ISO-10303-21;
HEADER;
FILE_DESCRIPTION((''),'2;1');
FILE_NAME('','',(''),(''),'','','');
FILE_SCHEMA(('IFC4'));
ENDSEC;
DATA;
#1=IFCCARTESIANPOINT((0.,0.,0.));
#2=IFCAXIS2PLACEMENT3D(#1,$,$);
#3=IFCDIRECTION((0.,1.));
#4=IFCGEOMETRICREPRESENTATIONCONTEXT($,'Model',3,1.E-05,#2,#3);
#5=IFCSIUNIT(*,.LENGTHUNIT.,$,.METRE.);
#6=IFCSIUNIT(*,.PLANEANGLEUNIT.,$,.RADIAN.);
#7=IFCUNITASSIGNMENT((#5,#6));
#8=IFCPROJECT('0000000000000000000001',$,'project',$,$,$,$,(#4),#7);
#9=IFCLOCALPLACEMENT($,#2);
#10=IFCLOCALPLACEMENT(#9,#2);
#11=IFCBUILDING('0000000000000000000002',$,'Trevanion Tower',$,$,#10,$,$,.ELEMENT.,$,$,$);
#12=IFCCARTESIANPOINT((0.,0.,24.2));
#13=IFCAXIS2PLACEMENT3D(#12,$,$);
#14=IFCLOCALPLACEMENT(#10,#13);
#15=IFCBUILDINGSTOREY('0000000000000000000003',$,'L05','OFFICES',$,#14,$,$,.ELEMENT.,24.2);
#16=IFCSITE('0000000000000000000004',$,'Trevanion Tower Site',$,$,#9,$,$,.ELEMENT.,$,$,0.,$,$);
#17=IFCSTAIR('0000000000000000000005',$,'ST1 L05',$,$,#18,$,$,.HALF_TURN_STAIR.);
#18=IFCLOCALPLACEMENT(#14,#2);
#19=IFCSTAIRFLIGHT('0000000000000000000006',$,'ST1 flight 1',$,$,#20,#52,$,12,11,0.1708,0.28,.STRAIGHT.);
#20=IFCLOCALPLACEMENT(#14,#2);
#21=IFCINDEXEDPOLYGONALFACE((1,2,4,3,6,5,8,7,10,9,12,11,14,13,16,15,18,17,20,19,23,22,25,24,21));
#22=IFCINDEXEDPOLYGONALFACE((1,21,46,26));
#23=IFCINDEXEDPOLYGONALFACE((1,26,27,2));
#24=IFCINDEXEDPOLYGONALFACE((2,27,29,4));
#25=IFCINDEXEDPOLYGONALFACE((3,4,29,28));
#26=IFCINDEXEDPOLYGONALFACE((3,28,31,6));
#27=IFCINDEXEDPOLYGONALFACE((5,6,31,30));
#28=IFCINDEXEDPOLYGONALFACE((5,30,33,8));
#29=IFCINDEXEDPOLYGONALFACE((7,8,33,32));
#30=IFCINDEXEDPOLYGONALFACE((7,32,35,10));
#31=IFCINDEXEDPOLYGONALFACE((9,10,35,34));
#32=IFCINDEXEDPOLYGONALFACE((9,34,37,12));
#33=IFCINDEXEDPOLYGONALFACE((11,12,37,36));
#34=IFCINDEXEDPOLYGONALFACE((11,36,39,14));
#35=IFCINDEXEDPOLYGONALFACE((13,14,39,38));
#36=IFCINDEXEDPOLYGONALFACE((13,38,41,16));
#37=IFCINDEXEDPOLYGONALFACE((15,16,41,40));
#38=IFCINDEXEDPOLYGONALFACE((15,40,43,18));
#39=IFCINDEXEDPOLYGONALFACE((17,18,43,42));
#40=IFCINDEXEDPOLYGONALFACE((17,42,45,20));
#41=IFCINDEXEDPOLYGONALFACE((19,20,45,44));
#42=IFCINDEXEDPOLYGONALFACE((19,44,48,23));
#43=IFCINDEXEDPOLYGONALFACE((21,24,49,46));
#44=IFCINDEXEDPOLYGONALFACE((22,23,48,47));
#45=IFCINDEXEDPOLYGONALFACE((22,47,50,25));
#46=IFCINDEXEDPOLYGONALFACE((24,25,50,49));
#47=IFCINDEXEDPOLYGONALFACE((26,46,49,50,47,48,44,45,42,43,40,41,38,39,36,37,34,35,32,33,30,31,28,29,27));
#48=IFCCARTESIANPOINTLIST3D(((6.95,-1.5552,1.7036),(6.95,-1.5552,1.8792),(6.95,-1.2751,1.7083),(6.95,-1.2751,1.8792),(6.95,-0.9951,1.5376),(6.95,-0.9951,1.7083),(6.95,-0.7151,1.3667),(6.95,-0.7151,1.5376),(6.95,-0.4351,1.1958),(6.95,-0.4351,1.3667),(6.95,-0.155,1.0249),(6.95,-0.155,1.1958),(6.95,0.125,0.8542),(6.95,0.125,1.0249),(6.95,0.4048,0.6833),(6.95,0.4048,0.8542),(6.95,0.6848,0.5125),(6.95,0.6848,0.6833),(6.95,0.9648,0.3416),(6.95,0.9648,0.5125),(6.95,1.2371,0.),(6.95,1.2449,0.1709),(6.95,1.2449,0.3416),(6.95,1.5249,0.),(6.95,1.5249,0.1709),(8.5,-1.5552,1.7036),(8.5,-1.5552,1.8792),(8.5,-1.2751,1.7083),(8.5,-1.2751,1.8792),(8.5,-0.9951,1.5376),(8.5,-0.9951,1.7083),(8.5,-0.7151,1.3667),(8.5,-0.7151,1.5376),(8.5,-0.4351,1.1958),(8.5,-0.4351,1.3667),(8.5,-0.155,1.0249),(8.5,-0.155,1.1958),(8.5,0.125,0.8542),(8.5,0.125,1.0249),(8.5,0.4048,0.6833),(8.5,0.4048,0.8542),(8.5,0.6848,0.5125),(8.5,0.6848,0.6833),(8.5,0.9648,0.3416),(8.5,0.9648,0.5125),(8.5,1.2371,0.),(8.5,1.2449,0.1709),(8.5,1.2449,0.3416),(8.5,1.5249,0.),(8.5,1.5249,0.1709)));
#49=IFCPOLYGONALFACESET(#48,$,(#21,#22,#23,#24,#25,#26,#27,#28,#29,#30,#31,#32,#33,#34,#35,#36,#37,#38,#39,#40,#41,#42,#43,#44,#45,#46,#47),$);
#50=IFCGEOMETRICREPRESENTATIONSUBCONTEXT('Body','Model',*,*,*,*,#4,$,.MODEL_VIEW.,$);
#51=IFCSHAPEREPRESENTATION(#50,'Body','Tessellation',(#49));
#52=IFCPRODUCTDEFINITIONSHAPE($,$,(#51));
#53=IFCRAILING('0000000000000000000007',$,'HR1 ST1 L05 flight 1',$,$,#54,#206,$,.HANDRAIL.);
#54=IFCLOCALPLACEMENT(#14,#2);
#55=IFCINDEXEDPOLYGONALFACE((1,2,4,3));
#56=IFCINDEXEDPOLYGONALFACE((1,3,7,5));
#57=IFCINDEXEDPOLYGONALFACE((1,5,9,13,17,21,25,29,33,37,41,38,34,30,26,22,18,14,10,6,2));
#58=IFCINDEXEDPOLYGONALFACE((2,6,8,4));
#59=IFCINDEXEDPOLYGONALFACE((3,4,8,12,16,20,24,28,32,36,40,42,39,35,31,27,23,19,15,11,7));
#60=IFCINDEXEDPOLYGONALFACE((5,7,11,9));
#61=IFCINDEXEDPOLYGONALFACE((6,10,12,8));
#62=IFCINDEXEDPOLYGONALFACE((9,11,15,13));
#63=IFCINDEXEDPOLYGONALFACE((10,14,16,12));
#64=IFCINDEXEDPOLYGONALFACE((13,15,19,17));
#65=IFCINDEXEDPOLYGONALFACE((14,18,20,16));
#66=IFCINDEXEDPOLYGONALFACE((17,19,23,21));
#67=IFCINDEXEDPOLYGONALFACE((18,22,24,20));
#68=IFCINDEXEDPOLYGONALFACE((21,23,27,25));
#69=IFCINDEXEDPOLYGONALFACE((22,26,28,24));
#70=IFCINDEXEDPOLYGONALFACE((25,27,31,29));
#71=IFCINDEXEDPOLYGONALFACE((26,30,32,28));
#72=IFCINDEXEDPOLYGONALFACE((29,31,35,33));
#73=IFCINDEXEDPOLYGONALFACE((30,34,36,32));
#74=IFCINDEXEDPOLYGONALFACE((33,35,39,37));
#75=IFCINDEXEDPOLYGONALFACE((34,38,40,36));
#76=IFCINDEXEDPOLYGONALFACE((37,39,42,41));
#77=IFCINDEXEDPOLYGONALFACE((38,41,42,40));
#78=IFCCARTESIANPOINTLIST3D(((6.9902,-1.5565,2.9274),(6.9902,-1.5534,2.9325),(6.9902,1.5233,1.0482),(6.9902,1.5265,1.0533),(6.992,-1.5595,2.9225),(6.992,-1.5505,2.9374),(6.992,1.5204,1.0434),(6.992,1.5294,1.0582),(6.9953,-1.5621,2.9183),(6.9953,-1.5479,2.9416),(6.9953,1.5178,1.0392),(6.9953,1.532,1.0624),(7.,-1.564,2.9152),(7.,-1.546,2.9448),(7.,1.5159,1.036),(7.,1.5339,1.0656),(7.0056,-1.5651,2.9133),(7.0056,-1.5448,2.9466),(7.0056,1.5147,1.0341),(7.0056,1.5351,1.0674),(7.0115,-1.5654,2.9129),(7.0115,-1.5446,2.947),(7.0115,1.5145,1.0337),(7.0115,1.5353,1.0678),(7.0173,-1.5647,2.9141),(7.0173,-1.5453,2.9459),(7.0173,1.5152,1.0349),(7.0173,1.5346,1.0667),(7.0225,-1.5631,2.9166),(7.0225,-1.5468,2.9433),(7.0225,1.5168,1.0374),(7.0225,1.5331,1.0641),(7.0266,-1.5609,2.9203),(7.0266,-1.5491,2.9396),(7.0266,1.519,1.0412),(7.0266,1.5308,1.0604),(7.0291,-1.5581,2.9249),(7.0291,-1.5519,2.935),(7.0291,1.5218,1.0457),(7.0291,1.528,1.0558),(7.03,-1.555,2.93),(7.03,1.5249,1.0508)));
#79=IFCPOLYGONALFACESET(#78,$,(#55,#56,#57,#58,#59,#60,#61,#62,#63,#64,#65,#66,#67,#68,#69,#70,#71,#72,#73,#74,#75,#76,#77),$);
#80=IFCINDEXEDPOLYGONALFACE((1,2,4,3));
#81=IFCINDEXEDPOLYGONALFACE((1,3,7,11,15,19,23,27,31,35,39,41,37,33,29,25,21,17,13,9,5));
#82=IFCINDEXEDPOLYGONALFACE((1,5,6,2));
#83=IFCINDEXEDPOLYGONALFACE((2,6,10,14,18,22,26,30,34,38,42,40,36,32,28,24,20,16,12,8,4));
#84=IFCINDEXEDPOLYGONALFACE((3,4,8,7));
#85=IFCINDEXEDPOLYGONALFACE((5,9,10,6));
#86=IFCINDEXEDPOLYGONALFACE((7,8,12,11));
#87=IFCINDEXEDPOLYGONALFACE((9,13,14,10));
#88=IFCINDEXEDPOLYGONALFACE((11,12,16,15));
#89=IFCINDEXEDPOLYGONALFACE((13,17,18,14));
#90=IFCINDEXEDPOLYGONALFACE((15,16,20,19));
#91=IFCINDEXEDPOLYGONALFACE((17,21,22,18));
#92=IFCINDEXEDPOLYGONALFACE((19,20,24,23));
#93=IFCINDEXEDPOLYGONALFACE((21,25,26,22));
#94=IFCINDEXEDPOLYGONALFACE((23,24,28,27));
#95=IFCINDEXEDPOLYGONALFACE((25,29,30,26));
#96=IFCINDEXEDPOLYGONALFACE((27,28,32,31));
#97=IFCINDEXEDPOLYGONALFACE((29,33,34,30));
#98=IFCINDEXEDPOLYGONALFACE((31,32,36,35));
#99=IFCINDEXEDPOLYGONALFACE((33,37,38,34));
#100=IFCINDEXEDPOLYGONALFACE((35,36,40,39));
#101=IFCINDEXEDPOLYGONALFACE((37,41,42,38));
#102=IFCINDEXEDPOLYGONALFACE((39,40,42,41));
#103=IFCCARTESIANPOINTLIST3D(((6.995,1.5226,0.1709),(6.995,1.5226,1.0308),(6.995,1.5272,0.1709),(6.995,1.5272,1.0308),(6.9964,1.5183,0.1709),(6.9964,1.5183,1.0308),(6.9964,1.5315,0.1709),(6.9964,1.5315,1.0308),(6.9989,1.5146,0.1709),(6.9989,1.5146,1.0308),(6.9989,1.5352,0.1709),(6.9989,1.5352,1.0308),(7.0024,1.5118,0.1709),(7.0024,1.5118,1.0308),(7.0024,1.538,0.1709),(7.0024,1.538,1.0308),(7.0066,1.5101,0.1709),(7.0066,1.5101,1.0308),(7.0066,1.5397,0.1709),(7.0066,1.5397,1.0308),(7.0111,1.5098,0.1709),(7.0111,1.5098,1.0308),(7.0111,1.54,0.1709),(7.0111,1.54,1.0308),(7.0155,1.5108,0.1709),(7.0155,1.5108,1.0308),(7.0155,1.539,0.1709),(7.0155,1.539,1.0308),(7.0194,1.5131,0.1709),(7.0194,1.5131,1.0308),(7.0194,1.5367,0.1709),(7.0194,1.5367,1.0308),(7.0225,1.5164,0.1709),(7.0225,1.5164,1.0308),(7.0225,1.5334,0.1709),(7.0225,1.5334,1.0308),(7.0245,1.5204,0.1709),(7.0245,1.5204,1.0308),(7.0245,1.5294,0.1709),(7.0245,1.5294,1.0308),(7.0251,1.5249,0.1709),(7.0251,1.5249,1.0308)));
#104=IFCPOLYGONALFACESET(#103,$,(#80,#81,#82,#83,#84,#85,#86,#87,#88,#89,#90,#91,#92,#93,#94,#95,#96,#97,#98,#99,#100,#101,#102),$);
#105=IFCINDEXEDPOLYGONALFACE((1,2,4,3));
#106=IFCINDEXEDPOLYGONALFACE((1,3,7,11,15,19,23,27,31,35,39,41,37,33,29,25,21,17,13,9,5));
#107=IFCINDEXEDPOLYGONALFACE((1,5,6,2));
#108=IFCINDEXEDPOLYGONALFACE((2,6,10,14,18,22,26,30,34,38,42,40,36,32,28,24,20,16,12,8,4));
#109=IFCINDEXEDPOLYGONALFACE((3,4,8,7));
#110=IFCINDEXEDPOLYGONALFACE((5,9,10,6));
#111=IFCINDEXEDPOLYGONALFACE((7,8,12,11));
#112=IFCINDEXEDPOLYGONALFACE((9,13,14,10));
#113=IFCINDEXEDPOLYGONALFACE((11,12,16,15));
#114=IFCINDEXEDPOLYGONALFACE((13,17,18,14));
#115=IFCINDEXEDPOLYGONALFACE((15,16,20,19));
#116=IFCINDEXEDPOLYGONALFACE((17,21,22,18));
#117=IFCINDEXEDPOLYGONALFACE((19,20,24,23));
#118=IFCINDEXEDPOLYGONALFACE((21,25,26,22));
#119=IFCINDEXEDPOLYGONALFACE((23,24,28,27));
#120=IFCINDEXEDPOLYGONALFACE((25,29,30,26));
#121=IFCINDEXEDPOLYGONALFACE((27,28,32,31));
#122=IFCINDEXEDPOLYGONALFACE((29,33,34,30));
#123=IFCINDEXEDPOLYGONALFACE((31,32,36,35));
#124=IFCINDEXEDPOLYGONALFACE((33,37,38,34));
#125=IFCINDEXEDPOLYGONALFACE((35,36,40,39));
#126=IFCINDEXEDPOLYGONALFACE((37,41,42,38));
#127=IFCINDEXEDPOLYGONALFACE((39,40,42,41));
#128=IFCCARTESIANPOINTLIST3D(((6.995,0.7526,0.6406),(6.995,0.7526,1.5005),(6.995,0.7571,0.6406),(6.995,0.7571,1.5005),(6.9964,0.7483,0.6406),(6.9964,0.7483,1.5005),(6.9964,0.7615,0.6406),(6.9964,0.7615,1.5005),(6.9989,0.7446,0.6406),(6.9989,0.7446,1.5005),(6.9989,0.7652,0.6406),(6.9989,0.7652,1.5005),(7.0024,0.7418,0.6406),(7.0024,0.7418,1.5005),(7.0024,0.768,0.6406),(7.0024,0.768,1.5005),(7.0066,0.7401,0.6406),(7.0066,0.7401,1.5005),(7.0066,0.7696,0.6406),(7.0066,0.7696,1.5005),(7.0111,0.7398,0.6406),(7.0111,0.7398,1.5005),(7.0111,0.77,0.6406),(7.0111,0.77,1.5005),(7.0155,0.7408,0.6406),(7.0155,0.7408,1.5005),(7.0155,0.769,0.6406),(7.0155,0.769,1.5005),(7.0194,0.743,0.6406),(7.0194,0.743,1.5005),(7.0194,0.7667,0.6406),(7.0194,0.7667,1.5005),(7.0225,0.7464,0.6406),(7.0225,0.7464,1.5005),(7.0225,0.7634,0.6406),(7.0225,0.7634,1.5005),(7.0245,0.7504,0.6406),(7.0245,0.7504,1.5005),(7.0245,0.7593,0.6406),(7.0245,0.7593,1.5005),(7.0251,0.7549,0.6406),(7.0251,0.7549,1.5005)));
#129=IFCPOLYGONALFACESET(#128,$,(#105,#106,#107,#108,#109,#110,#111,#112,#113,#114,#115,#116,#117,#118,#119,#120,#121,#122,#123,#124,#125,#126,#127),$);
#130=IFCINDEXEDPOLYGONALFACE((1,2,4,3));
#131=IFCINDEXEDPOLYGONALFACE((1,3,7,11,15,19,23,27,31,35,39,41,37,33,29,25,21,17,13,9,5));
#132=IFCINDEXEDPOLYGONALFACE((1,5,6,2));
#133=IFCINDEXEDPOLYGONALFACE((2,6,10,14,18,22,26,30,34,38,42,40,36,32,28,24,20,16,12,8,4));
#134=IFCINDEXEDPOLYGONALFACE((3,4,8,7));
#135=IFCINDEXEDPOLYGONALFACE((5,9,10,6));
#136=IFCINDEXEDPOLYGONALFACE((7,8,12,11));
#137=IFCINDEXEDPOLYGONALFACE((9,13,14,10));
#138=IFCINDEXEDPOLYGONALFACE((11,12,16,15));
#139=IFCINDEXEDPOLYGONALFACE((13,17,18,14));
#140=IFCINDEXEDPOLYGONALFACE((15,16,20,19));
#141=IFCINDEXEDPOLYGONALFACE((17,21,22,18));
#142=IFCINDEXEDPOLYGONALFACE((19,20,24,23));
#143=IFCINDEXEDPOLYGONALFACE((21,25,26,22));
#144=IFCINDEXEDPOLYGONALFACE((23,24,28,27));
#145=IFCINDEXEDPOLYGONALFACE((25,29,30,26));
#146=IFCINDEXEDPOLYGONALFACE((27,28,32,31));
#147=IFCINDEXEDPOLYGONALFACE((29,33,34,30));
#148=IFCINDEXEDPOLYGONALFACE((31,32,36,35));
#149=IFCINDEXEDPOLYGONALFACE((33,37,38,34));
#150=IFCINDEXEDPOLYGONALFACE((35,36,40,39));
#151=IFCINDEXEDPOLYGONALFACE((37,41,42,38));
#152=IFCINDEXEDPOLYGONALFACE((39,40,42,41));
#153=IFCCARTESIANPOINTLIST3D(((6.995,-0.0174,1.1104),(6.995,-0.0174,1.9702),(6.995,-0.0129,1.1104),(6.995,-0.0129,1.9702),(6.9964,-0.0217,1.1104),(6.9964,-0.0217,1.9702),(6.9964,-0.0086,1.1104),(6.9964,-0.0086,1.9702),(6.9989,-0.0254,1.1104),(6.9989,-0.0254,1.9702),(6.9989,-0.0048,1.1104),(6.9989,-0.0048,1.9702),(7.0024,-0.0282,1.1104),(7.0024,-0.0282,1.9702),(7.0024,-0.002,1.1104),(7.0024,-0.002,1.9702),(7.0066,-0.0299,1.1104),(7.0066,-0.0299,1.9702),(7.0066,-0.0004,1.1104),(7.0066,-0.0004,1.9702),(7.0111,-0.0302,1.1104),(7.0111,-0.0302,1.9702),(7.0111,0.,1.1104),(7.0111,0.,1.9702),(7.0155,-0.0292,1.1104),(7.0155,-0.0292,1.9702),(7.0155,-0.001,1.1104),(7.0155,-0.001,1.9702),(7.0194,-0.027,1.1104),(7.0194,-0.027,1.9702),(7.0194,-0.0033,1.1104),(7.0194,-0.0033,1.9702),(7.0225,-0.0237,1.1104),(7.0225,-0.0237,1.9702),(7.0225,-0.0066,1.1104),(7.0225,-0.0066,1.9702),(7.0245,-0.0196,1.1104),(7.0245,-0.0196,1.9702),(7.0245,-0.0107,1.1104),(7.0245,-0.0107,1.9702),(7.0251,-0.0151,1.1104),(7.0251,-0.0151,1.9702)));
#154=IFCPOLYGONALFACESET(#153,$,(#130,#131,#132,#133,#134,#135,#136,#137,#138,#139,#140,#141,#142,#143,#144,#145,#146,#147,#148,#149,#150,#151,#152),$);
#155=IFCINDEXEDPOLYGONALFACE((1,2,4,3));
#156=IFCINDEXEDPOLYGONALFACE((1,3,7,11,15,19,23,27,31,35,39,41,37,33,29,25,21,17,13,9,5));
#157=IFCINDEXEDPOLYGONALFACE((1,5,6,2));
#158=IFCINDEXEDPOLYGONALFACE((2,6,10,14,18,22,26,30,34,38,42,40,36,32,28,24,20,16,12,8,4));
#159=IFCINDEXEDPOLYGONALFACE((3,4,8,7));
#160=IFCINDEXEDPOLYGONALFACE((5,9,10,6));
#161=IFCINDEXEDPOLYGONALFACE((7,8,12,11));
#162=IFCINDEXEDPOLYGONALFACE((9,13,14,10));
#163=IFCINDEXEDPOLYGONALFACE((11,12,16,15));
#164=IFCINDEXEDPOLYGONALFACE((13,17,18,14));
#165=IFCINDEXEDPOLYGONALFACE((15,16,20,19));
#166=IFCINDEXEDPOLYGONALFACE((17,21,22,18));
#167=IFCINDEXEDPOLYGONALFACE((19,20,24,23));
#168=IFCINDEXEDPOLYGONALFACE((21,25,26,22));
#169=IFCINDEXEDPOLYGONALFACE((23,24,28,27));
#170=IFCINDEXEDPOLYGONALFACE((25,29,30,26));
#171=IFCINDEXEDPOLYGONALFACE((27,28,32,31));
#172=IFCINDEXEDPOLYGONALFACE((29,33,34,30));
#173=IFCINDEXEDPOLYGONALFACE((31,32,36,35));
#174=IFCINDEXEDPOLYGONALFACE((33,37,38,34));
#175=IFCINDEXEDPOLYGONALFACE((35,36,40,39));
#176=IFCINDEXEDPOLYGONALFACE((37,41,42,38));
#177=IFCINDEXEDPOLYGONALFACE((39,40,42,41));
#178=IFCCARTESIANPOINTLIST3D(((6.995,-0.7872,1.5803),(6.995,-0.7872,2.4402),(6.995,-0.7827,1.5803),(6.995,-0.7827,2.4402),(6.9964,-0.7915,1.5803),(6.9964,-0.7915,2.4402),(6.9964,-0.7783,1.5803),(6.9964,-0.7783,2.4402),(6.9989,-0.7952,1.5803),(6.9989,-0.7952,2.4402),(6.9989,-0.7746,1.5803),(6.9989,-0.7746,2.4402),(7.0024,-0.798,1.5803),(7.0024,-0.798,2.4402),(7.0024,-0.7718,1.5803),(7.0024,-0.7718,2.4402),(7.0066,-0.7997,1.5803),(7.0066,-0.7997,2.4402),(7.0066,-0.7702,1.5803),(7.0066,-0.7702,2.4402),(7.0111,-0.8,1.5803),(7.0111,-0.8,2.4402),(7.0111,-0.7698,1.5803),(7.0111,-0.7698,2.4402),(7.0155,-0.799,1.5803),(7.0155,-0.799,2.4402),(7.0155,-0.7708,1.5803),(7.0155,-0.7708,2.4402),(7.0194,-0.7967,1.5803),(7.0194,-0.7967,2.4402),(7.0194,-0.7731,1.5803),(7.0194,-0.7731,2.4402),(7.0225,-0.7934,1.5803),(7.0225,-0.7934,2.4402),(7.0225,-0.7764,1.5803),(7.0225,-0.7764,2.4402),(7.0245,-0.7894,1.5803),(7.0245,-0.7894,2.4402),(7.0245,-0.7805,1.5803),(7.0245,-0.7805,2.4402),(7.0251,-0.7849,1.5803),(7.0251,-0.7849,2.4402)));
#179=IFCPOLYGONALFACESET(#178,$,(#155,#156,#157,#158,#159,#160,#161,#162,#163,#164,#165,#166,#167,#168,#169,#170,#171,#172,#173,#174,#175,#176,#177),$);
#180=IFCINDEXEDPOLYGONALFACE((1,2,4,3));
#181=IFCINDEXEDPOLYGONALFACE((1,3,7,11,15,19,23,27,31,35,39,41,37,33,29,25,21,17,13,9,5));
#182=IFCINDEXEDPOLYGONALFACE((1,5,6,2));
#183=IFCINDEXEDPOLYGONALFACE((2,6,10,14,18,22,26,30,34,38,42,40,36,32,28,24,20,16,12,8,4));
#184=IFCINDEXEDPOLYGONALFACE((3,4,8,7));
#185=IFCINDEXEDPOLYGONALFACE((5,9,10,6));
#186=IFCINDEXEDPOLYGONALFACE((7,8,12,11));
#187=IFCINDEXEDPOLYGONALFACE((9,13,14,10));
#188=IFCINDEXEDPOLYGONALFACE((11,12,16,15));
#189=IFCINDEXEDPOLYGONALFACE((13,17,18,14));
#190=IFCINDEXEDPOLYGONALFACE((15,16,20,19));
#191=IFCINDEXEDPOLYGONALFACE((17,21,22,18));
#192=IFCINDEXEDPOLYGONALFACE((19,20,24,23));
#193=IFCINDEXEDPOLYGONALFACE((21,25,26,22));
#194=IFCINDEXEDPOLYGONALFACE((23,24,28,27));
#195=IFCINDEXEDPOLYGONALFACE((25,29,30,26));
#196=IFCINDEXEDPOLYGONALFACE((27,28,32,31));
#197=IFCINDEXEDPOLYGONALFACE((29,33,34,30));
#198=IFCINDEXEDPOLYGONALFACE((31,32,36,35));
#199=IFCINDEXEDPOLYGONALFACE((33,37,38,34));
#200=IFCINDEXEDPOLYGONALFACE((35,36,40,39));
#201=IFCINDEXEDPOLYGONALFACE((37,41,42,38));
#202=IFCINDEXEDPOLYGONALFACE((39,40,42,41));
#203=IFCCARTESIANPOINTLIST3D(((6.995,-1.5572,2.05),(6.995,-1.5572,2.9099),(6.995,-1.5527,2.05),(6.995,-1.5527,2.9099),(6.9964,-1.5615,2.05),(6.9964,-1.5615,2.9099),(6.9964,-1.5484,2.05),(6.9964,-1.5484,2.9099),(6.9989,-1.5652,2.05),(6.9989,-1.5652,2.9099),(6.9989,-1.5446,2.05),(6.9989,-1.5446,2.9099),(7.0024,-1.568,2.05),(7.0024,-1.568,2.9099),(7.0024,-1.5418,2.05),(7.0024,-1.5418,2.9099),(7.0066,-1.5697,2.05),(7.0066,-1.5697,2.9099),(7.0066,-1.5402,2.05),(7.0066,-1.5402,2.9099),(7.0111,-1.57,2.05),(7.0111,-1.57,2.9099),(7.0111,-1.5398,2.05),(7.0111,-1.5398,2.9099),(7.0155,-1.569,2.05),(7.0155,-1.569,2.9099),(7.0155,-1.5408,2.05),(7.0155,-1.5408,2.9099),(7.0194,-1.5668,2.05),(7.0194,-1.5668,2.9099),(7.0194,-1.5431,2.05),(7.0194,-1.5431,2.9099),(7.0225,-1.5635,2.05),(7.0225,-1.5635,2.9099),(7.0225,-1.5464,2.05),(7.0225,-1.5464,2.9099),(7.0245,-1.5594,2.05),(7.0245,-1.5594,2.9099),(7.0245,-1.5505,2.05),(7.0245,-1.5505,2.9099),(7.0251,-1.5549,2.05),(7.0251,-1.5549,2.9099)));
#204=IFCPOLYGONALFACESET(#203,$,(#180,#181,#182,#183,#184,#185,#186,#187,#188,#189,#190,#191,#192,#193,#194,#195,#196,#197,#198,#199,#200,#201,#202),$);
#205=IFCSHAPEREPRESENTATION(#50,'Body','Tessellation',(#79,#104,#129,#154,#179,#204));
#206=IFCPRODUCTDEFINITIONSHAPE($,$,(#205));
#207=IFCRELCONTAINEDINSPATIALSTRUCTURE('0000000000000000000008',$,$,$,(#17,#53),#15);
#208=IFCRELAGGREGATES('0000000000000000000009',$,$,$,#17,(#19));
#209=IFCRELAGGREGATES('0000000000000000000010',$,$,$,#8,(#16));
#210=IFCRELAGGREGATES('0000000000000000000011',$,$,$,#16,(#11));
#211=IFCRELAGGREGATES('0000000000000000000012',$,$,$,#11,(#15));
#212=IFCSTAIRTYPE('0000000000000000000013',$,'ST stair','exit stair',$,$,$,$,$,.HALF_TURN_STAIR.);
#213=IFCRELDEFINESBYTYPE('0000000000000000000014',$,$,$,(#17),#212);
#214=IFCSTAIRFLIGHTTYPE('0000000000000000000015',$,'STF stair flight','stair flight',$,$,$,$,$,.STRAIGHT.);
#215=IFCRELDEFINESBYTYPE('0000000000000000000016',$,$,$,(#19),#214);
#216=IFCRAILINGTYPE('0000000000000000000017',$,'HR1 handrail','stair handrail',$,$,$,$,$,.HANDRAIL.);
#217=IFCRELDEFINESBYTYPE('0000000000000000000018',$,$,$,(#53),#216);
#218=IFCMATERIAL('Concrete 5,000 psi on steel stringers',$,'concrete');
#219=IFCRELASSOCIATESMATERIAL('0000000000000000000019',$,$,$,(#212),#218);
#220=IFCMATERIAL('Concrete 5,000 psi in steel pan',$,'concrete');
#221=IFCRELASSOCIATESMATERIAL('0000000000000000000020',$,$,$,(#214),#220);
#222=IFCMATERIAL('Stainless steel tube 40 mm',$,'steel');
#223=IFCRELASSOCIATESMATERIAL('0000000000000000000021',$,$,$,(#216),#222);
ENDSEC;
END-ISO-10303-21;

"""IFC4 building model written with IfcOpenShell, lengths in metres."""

from ifc_helpers import new_model, si_unit, direction, frame, origin, origin_2d, place, context, subcontext, project, spatial, polyline, circle, outline, extrude, material, type_object, element, aggregate, save


model = new_model("IFC4")

# Units and contexts
model_context = context("Model", 3, precision=1e-05, world=origin(), true_north=direction((0.0, 1.0)))
body_context = subcontext(model_context, "Body", "Model", "MODEL_VIEW")
ifc_project = project(units=[si_unit("LENGTHUNIT", "METRE"), si_unit("PLANEANGLEUNIT", "RADIAN")], contexts=[model_context])

# Site, building, storey
site_placement = place(None, origin())
site = spatial("IfcSite", under=ifc_project, at=site_placement, Name="Trevanion Tower Site", CompositionType="ELEMENT", RefElevation=0.0)
building_placement = place(site_placement, origin())
building = spatial("IfcBuilding", under=site, at=building_placement, Name="Trevanion Tower", CompositionType="ELEMENT")
storey_placement = place(building_placement, frame((0.0, 0.0, 24.2)))
storey = spatial("IfcBuildingStorey", under=building, at=storey_placement, Name="L05", Description="OFFICES", CompositionType="ELEMENT", Elevation=24.2)

# Stair, stair flight
ifc_material_1 = material(Name="Concrete 5,000 psi on steel stringers", Category="concrete")
stair_type = type_object("IfcStairType", Name="ST stair", Description="exit stair", PredefinedType="HALF_TURN_STAIR", material=ifc_material_1)
stair_placement = place(storey_placement, origin())
stair = element("IfcStair", 1, at=stair_placement, inside=storey, type_object=stair_type, Name="ST1 L05", PredefinedType="HALF_TURN_STAIR")
ifc_material_2 = material(Name="Concrete 5,000 psi in steel pan", Category="concrete")
stair_flight_type = type_object("IfcStairFlightType", Name="STF stair flight", Description="stair flight", PredefinedType="STRAIGHT", material=ifc_material_2)
stair_flight_placement = place(storey_placement, frame((7.7251, 1.5249, 0.0), z_axis=(0.0, 0.0, 1.0), x_axis=(0.0, -1.0, 0.0)))
stair_flight = element("IfcStairFlight", 2, at=stair_flight_placement, type_object=stair_flight_type, Name="ST1 flight 1", NumberOfRisers=12, NumberOfTreads=11, PredefinedType="STRAIGHT", RiserHeight=0.1708, TreadLength=0.28, context=body_context, shape_type="SweptSolid", body=[
    extrude(outline(polyline([(0.0, 0.0), (0.0, 0.1709), (0.28, 0.1709), (0.28, 0.3416), (0.5601, 0.3416), (0.5601, 0.5125), (0.8401, 0.5125), (0.8401, 0.6833), (1.1201, 0.6833), (1.1201, 0.8542), (1.3999, 0.8542), (1.3999, 1.0249), (1.6799, 1.0249), (1.6799, 1.1958), (1.96, 1.1958), (1.96, 1.3667), (2.24, 1.3667), (2.24, 1.5376), (2.52, 1.5376), (2.52, 1.7083), (2.8, 1.7083), (2.8, 1.8792), (3.0801, 1.8792), (3.0801, 2.05), (3.0801, 1.7036), (0.2878, 0.0), (0.0, 0.0)])), frame((0.0, 0.7749, 0.0), z_axis=(0.0, -1.0, 0.0), x_axis=(1.0, 0.0, 0.0)), (0.0, 0.0, 1.0), 1.55),
])
aggregate(stair, [stair_flight])

# Railing
ifc_material_3 = material(Name="Stainless steel tube 40 mm", Category="steel")
railing_type = type_object("IfcRailingType", Name="HR1 handrail", Description="stair handrail", PredefinedType="HANDRAIL", material=ifc_material_3)
for number, where, name in (
    (3, (7.01, 1.5249, 0.1709), "HR1 ST1 L05 flight 1"),
):
    element("IfcRailing", number, at=place(storey_placement, frame(where)), inside=storey, type_object=railing_type, Name=name, PredefinedType="HANDRAIL", context=body_context, shape_type="SweptSolid", body=[
        extrude(circle(Radius=0.02, at=origin_2d()), frame((0.0, 0.0, 0.8799), z_axis=(0.0, -0.853648, 0.52085), x_axis=(1.0, 0.0, 0.0)), (0.0, 0.0, 1.0), 3.6079),
        extrude(circle(Radius=0.0151, at=origin_2d()), origin(), (0.0, 0.0, 1.0), 0.8599),
        extrude(circle(Radius=0.0151, at=origin_2d()), frame((0.0, -0.77, 0.4697)), (0.0, 0.0, 1.0), 0.8599),
        extrude(circle(Radius=0.0151, at=origin_2d()), frame((0.0, -1.54, 0.9395)), (0.0, 0.0, 1.0), 0.8599),
        extrude(circle(Radius=0.0151, at=origin_2d()), frame((0.0, -2.3098, 1.4094)), (0.0, 0.0, 1.0), 0.8599),
        extrude(circle(Radius=0.0151, at=origin_2d()), frame((0.0, -3.0798, 1.8792)), (0.0, 0.0, 1.0), 0.8599),
    ])

save(model, "model.ifc")
